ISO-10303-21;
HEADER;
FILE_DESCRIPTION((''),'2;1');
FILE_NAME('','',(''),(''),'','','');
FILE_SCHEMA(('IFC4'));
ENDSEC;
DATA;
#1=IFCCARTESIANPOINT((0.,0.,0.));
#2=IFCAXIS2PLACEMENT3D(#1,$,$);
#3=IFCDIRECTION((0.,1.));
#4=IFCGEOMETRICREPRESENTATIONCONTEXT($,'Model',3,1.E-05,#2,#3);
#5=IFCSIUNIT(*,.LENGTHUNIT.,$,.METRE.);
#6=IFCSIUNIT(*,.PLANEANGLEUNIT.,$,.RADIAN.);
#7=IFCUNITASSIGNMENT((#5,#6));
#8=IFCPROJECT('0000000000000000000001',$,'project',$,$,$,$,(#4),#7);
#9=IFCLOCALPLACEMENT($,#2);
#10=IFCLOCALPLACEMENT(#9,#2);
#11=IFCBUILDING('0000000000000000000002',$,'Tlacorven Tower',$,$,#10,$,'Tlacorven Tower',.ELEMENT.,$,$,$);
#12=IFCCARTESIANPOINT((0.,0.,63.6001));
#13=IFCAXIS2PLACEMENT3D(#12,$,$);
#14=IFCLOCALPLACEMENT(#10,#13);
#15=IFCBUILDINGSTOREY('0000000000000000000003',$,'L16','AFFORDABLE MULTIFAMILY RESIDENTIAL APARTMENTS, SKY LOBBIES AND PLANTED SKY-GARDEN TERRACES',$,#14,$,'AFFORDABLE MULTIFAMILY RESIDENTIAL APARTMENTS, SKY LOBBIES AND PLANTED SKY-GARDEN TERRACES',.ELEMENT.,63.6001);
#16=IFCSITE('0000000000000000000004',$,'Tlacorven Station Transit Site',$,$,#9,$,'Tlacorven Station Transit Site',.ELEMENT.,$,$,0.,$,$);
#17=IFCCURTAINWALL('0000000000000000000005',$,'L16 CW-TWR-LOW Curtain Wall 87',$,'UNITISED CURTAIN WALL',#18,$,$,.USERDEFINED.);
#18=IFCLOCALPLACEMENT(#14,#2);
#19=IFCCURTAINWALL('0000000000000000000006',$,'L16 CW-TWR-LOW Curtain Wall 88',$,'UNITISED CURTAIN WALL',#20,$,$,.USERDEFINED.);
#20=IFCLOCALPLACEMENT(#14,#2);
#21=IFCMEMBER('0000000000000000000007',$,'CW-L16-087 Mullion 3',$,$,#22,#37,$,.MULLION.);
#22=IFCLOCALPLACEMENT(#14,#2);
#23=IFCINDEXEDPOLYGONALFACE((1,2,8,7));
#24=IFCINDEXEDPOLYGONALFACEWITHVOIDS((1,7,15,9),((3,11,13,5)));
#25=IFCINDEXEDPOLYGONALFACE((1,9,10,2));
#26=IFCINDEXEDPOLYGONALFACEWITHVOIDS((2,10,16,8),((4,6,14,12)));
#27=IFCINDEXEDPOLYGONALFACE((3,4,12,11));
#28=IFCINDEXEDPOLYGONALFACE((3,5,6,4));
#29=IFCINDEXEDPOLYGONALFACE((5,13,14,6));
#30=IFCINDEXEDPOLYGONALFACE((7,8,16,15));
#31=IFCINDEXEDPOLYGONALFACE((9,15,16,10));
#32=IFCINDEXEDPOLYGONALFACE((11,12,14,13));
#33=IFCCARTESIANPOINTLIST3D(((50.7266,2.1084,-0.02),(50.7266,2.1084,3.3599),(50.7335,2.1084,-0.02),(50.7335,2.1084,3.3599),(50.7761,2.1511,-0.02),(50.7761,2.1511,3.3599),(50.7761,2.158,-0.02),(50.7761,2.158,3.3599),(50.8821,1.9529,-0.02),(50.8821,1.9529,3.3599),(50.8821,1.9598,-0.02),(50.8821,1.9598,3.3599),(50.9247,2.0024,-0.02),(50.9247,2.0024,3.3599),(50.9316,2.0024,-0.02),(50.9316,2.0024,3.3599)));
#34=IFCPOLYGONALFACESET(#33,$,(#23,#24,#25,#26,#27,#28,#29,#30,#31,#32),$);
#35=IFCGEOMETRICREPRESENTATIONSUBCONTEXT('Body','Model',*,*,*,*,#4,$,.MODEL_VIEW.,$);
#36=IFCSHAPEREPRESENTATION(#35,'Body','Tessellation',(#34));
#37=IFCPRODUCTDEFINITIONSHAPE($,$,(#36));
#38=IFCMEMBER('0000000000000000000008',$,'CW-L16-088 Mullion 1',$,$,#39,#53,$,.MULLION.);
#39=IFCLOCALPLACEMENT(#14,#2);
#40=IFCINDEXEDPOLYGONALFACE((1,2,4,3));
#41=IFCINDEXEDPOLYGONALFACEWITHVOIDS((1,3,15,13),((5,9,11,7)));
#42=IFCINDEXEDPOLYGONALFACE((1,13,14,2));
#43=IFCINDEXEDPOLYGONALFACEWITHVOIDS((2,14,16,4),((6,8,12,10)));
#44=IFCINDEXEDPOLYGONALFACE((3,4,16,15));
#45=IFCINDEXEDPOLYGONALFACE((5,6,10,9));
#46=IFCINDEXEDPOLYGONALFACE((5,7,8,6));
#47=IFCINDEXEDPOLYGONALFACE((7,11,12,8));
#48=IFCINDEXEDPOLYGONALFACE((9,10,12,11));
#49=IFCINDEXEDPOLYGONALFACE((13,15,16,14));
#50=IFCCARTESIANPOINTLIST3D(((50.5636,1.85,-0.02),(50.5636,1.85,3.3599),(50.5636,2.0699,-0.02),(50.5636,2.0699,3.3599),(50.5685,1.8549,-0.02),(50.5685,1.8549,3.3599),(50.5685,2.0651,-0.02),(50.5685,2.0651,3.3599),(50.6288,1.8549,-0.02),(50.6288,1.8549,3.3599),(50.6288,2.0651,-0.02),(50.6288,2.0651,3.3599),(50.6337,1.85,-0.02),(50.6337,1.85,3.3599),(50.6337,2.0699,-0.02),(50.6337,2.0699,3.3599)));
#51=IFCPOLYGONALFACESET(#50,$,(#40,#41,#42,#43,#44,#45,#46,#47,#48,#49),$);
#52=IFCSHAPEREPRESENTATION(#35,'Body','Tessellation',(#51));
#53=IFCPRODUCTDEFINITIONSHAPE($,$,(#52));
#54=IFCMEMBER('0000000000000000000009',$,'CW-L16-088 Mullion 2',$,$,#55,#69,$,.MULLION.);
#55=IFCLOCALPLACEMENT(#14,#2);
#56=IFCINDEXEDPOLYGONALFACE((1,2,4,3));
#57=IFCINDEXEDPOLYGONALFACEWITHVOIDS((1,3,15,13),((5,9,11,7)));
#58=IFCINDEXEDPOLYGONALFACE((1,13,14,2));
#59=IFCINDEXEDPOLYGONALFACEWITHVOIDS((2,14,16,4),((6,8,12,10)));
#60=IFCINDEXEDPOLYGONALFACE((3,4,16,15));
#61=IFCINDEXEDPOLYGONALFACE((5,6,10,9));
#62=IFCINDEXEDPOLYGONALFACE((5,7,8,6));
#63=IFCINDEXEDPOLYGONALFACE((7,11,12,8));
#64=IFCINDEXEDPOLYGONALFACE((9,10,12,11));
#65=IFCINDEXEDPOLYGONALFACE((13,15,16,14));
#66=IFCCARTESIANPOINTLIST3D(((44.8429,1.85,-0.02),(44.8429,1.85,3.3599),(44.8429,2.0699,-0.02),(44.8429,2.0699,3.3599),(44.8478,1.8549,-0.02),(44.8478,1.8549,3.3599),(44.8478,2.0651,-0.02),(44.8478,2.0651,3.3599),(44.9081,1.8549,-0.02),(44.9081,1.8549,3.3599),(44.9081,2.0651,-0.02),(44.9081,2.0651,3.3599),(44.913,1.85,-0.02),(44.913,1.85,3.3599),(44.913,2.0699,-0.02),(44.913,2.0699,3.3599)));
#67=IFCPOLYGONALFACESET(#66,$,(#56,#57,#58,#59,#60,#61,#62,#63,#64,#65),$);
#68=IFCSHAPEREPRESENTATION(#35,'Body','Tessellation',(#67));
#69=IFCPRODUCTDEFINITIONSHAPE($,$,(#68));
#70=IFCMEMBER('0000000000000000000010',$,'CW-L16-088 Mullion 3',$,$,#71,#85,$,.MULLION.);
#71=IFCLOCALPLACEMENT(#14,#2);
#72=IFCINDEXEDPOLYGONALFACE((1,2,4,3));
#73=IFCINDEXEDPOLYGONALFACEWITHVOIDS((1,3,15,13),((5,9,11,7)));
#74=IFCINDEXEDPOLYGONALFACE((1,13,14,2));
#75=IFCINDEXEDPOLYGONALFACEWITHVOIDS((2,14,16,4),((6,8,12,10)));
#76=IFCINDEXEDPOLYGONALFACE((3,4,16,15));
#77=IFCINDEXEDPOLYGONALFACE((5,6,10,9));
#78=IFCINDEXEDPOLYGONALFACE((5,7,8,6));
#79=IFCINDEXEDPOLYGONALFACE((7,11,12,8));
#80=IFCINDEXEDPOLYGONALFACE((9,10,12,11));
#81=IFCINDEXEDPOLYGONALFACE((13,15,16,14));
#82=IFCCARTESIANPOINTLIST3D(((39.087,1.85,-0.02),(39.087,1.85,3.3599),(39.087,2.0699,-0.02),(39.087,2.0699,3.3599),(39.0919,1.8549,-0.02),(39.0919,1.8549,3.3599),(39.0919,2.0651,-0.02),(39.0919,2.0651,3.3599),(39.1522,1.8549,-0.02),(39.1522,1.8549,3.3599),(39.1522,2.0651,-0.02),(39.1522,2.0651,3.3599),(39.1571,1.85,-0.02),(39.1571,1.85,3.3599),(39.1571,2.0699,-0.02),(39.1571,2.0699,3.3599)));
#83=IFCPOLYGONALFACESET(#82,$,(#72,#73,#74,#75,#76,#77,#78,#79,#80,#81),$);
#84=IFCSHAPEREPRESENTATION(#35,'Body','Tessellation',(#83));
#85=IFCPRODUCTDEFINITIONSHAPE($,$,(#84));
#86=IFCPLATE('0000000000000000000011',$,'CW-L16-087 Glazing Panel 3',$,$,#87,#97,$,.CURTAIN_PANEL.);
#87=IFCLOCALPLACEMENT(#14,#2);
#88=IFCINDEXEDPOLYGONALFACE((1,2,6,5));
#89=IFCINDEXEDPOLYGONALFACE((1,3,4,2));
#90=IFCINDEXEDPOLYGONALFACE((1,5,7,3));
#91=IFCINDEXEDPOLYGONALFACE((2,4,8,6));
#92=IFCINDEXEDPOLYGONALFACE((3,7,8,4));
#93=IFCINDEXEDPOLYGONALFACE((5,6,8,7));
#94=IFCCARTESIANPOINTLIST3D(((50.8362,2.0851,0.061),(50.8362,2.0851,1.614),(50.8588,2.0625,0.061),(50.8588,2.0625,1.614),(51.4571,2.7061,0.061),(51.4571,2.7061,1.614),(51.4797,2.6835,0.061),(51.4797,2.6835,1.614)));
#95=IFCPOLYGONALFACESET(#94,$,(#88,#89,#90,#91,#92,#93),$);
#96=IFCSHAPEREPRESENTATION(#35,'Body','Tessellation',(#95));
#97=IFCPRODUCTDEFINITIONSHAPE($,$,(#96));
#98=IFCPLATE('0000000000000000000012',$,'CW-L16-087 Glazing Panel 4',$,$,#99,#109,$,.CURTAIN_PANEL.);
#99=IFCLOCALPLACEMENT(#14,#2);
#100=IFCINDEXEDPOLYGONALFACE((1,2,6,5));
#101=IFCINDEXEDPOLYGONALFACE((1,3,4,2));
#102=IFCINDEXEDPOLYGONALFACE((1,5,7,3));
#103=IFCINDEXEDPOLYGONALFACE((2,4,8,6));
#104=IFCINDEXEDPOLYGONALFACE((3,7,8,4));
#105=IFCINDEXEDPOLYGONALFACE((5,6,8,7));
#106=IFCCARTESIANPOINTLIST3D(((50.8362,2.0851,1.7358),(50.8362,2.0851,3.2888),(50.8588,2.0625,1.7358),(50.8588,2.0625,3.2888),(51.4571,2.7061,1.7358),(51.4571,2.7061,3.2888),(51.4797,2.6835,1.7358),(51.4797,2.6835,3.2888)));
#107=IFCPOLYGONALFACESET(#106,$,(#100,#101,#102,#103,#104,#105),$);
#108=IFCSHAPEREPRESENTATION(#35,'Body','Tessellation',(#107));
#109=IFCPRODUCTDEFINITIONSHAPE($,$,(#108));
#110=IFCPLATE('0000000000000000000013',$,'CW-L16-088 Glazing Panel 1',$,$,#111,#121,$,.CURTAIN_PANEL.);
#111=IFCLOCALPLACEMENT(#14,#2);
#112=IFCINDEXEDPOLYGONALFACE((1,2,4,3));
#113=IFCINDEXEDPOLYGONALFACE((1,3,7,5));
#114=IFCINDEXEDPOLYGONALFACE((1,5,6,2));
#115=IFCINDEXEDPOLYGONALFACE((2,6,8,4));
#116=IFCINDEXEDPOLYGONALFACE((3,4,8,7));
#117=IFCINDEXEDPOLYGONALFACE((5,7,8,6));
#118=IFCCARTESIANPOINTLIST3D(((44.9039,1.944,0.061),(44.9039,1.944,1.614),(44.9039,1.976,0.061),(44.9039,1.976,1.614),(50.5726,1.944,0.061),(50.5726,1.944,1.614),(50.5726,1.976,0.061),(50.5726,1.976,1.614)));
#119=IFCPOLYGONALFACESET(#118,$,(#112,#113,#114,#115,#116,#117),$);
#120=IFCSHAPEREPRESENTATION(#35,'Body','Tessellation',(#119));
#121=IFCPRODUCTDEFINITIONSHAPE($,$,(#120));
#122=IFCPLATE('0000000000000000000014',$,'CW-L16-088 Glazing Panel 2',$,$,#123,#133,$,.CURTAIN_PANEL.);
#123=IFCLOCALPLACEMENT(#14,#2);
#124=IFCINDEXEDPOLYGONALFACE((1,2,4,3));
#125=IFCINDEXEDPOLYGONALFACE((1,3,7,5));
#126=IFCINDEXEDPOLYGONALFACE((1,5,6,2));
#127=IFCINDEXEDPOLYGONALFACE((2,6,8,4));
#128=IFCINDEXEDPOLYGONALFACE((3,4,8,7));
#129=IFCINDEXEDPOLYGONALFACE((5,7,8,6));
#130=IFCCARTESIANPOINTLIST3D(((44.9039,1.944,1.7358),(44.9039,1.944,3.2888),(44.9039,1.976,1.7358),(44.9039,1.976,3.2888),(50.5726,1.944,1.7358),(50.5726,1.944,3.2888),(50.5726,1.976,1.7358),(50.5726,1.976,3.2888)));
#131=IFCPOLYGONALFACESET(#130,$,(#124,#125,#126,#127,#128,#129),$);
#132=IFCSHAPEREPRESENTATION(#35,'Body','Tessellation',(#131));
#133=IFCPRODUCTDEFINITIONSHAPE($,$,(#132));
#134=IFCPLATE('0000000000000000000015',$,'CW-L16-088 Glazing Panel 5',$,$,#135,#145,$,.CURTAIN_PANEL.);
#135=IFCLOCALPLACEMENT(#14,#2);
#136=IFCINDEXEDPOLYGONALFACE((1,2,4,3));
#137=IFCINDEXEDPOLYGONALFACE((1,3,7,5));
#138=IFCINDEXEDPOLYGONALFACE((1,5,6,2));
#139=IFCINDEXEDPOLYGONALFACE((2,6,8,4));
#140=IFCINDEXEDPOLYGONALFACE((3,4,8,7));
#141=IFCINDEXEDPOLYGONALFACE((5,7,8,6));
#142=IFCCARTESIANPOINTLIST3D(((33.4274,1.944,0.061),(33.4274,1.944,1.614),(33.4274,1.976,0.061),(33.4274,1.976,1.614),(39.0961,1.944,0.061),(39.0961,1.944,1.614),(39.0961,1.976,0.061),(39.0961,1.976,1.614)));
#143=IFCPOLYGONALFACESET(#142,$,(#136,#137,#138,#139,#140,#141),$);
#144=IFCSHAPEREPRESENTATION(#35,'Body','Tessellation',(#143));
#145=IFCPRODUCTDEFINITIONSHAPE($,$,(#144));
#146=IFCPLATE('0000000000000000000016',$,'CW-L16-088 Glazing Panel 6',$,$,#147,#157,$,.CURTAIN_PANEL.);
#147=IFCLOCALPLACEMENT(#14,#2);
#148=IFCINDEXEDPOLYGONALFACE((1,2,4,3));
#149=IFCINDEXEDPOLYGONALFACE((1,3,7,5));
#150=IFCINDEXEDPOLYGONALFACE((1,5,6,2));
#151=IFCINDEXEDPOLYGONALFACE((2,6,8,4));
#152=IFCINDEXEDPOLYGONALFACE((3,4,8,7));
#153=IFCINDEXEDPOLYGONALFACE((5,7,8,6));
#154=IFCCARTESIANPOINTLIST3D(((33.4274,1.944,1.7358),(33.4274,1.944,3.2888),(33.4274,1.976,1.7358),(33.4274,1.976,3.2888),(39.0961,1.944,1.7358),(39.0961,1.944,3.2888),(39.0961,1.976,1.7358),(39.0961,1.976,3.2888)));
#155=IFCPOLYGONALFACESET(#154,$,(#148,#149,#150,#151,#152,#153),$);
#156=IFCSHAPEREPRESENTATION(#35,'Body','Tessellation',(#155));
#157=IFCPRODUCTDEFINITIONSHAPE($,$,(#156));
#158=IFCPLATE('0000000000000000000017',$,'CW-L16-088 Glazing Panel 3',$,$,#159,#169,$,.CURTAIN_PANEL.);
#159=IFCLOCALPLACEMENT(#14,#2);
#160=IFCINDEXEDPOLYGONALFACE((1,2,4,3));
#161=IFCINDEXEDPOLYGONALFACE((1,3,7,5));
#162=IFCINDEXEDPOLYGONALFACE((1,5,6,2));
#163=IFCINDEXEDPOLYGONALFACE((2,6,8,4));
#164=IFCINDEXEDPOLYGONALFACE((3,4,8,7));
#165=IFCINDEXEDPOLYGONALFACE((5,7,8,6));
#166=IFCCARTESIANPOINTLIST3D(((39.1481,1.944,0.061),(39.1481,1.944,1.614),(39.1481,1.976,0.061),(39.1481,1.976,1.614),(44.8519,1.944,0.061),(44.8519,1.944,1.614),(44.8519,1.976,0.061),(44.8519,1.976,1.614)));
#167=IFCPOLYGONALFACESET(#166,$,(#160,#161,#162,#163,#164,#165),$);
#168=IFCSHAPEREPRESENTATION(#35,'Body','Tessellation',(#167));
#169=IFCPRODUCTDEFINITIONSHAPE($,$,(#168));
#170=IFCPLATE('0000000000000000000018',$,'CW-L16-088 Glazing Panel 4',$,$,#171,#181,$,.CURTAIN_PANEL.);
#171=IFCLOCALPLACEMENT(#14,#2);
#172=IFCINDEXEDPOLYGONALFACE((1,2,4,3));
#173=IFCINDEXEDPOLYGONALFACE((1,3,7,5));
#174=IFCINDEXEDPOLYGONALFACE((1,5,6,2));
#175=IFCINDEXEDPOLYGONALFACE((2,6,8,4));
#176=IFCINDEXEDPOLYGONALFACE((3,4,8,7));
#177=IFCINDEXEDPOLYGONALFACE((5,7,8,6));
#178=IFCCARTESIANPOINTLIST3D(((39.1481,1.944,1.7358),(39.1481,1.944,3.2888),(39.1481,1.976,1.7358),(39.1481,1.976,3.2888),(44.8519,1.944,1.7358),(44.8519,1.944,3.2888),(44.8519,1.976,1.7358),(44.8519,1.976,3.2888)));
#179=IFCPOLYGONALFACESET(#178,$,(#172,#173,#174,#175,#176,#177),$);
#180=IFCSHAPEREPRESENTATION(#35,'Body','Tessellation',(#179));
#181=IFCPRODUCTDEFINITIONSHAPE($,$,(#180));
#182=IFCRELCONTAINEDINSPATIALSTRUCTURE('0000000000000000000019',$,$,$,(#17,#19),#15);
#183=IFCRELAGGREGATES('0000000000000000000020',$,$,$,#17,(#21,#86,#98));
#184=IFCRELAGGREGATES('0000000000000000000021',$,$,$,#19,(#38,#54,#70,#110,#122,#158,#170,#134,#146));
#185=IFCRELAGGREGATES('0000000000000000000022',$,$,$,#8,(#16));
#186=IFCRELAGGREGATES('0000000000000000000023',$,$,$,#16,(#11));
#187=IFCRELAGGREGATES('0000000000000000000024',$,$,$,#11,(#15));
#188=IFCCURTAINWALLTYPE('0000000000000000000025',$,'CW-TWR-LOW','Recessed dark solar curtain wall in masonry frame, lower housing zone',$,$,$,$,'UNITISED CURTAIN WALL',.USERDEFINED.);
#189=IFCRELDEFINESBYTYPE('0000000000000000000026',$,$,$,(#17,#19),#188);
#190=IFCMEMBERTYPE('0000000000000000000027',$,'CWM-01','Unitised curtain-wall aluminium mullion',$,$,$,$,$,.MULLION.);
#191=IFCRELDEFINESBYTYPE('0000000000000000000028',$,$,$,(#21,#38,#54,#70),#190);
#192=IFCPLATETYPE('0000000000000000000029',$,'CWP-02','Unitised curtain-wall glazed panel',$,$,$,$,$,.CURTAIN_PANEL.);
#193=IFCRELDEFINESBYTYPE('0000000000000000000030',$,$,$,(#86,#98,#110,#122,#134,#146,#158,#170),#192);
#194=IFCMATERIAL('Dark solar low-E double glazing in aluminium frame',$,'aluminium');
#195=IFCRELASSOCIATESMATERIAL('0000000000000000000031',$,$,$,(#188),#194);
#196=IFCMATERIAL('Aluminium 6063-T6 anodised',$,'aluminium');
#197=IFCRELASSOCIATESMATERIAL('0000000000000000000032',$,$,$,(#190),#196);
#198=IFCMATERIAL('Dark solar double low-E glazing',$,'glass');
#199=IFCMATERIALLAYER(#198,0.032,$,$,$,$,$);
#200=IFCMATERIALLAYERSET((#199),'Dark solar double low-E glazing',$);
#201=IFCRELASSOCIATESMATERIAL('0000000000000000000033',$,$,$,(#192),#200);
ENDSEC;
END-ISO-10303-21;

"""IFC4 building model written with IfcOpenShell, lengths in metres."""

from ifc_helpers import new_model, si_unit, direction, frame, origin, origin_2d, place, context, subcontext, project, spatial, rectangle, hollow_rectangle, extrude, source, transform, mapped, material, layer, layer_set, material_profile, profile_set, type_object, element, aggregate, save


model = new_model("IFC4")

# Units and contexts
model_context = context("Model", 3, precision=1e-05, world=origin(), true_north=direction((0.0, 1.0)))
body_context = subcontext(model_context, "Body", "Model", "MODEL_VIEW")
ifc_project = project(units=[si_unit("LENGTHUNIT", "METRE"), si_unit("PLANEANGLEUNIT", "RADIAN")], contexts=[model_context])

# Site, building, storey
site_placement = place(None, origin())
site = spatial("IfcSite", under=ifc_project, at=site_placement, Name="Tlacorven Station Transit Site", LongName="Tlacorven Station Transit Site", CompositionType="ELEMENT", RefElevation=0.0)
building_placement = place(site_placement, origin())
building = spatial("IfcBuilding", under=site, at=building_placement, Name="Tlacorven Tower", LongName="Tlacorven Tower", CompositionType="ELEMENT")
storey_placement = place(building_placement, frame((0.0, 0.0, 63.6001)))
storey = spatial("IfcBuildingStorey", under=building, at=storey_placement, Name="L16", Description="AFFORDABLE MULTIFAMILY RESIDENTIAL APARTMENTS, SKY LOBBIES AND PLANTED SKY-GARDEN TERRACES", LongName="AFFORDABLE MULTIFAMILY RESIDENTIAL APARTMENTS, SKY LOBBIES AND PLANTED SKY-GARDEN TERRACES", CompositionType="ELEMENT", Elevation=63.6001)

# Curtain walls
ifc_material_1 = material(Name="Dark solar low-E double glazing in aluminium frame", Category="aluminium")
curtain_wall_type = type_object("IfcCurtainWallType", Name="CW-TWR-LOW", Description="Recessed dark solar curtain wall in masonry frame, lower housing zone", ElementType="UNITISED CURTAIN WALL", PredefinedType="USERDEFINED", material=ifc_material_1)
curtain_wall_1_placement = place(storey_placement, origin())
curtain_wall_1 = element("IfcCurtainWall", 1, at=curtain_wall_1_placement, inside=storey, type_object=curtain_wall_type, Name="L16 CW-TWR-LOW Curtain Wall 87", ObjectType="UNITISED CURTAIN WALL", PredefinedType="USERDEFINED")
ifc_material_2 = material(Name="Aluminium 6063-T6 anodised", Category="aluminium")
curtain_wall_2_placement = place(storey_placement, origin())
curtain_wall_2 = element("IfcCurtainWall", 2, at=curtain_wall_2_placement, inside=storey, type_object=curtain_wall_type, Name="L16 CW-TWR-LOW Curtain Wall 88", ObjectType="UNITISED CURTAIN WALL", PredefinedType="USERDEFINED")

# Members
ifc_material_profile_1 = material_profile(ifc_material_2, hollow_rectangle(XDim=0.0701, YDim=0.22, WallThickness=0.0049, at=origin_2d()), Name="ALU MULLION 70X220")
ifc_profile_set_1 = profile_set([ifc_material_profile_1], Name="Aluminium 6063-T6 anodised")
member_type_1 = type_object("IfcMemberType", Name="CWM-01", Description="Unitised curtain-wall aluminium mullion", PredefinedType="MULLION", material=ifc_profile_set_1)
shared_shape_1 = source(origin(), body_context, "Body", "SweptSolid", [
    extrude(hollow_rectangle(XDim=0.0701, YDim=0.22, WallThickness=0.0049, at=origin_2d()), origin(), (0.0, 0.0, 1.0), 3.3799),
])
member_1_placement = place(storey_placement, frame((50.8291, 2.0554, -0.02), z_axis=(0.0, 0.0, 1.0), x_axis=(-0.707107, -0.707107, 0.0)))
member_1 = element("IfcMember", 3, at=member_1_placement, type_object=member_type_1, Name="CW-L16-087 Mullion 3", PredefinedType="MULLION", context=body_context, shape_type="MappedRepresentation", body=[
    mapped(shared_shape_1, transform((0.0, 0.0, 0.0), scale=1.0)),
])
member_2_placement = place(storey_placement, frame((50.5986, 1.96, -0.02), z_axis=(0.0, 0.0, 1.0), x_axis=(-1.0, 0.0, 0.0)))
member_2 = element("IfcMember", 4, at=member_2_placement, type_object=member_type_1, Name="CW-L16-088 Mullion 1", PredefinedType="MULLION", context=body_context, shape_type="MappedRepresentation", body=[
    mapped(shared_shape_1, transform((0.0, 0.0, 0.0), scale=1.0)),
])
member_3_placement = place(storey_placement, frame((44.8779, 1.96, -0.02), z_axis=(0.0, 0.0, 1.0), x_axis=(-1.0, 0.0, 0.0)))
member_3 = element("IfcMember", 5, at=member_3_placement, type_object=member_type_1, Name="CW-L16-088 Mullion 2", PredefinedType="MULLION", context=body_context, shape_type="MappedRepresentation", body=[
    mapped(shared_shape_1, transform((0.0, 0.0, 0.0), scale=1.0)),
])
member_4_placement = place(storey_placement, frame((39.1221, 1.96, -0.02), z_axis=(0.0, 0.0, 1.0), x_axis=(-1.0, 0.0, 0.0)))
member_4 = element("IfcMember", 6, at=member_4_placement, type_object=member_type_1, Name="CW-L16-088 Mullion 3", PredefinedType="MULLION", context=body_context, shape_type="MappedRepresentation", body=[
    mapped(shared_shape_1, transform((0.0, 0.0, 0.0), scale=1.0)),
])

# Plates
ifc_material_3 = material(Name="Dark solar double low-E glazing", Category="glass")
ifc_layer_1 = layer(ifc_material_3, 0.032)
ifc_layer_set_1 = layer_set([ifc_layer_1], Name="Dark solar double low-E glazing")
plate_type = type_object("IfcPlateType", Name="CWP-02", Description="Unitised curtain-wall glazed panel", PredefinedType="CURTAIN_PANEL", material=ifc_layer_set_1)
shared_shape_2 = source(origin(), body_context, "Body", "SweptSolid", [
    extrude(rectangle(XDim=0.8782, YDim=0.032, at=origin_2d()), origin(), (0.0, 0.0, 1.0), 1.553),
])
plate_1_placement = place(storey_placement, frame((51.158, 2.3843, 0.061), z_axis=(0.0, 0.0, 1.0), x_axis=(-0.707107, -0.707107, 0.0)))
plate_1 = element("IfcPlate", 7, at=plate_1_placement, type_object=plate_type, Name="CW-L16-087 Glazing Panel 3", PredefinedType="CURTAIN_PANEL", context=body_context, shape_type="MappedRepresentation", body=[
    mapped(shared_shape_2, transform((0.0, 0.0, 0.0), scale=1.0)),
])
plate_2_placement = place(storey_placement, frame((51.158, 2.3843, 1.7358), z_axis=(0.0, 0.0, 1.0), x_axis=(-0.707107, -0.707107, 0.0)))
plate_2 = element("IfcPlate", 8, at=plate_2_placement, type_object=plate_type, Name="CW-L16-087 Glazing Panel 4", PredefinedType="CURTAIN_PANEL", context=body_context, shape_type="MappedRepresentation", body=[
    mapped(shared_shape_2, transform((0.0, 0.0, 0.0), scale=1.0)),
])
aggregate(curtain_wall_1, [member_1, plate_1, plate_2])
shared_shape_3 = source(origin(), body_context, "Body", "SweptSolid", [
    extrude(rectangle(XDim=5.6687, YDim=0.032, at=origin_2d()), origin(), (0.0, 0.0, 1.0), 1.553),
])
plate_3_placement = place(storey_placement, frame((47.7383, 1.96, 0.061), z_axis=(0.0, 0.0, 1.0), x_axis=(-1.0, 0.0, 0.0)))
plate_3 = element("IfcPlate", 9, at=plate_3_placement, type_object=plate_type, Name="CW-L16-088 Glazing Panel 1", PredefinedType="CURTAIN_PANEL", context=body_context, shape_type="MappedRepresentation", body=[
    mapped(shared_shape_3, transform((0.0, 0.0, 0.0), scale=1.0)),
])
plate_4_placement = place(storey_placement, frame((47.7383, 1.96, 1.7358), z_axis=(0.0, 0.0, 1.0), x_axis=(-1.0, 0.0, 0.0)))
plate_4 = element("IfcPlate", 10, at=plate_4_placement, type_object=plate_type, Name="CW-L16-088 Glazing Panel 2", PredefinedType="CURTAIN_PANEL", context=body_context, shape_type="MappedRepresentation", body=[
    mapped(shared_shape_3, transform((0.0, 0.0, 0.0), scale=1.0)),
])
plate_5_placement = place(storey_placement, frame((36.2617, 1.96, 0.061), z_axis=(0.0, 0.0, 1.0), x_axis=(-1.0, 0.0, 0.0)))
plate_5 = element("IfcPlate", 11, at=plate_5_placement, type_object=plate_type, Name="CW-L16-088 Glazing Panel 5", PredefinedType="CURTAIN_PANEL", context=body_context, shape_type="MappedRepresentation", body=[
    mapped(shared_shape_3, transform((0.0, 0.0, 0.0), scale=1.0)),
])
plate_6_placement = place(storey_placement, frame((36.2617, 1.96, 1.7358), z_axis=(0.0, 0.0, 1.0), x_axis=(-1.0, 0.0, 0.0)))
plate_6 = element("IfcPlate", 12, at=plate_6_placement, type_object=plate_type, Name="CW-L16-088 Glazing Panel 6", PredefinedType="CURTAIN_PANEL", context=body_context, shape_type="MappedRepresentation", body=[
    mapped(shared_shape_3, transform((0.0, 0.0, 0.0), scale=1.0)),
])
shared_shape_4 = source(origin(), body_context, "Body", "SweptSolid", [
    extrude(rectangle(XDim=5.7039, YDim=0.032, at=origin_2d()), origin(), (0.0, 0.0, 1.0), 1.553),
])
plate_7_placement = place(storey_placement, frame((42.0, 1.96, 0.061), z_axis=(0.0, 0.0, 1.0), x_axis=(-1.0, 0.0, 0.0)))
plate_7 = element("IfcPlate", 13, at=plate_7_placement, type_object=plate_type, Name="CW-L16-088 Glazing Panel 3", PredefinedType="CURTAIN_PANEL", context=body_context, shape_type="MappedRepresentation", body=[
    mapped(shared_shape_4, transform((0.0, 0.0, 0.0), scale=1.0)),
])
plate_8_placement = place(storey_placement, frame((42.0, 1.96, 1.7358), z_axis=(0.0, 0.0, 1.0), x_axis=(-1.0, 0.0, 0.0)))
plate_8 = element("IfcPlate", 14, at=plate_8_placement, type_object=plate_type, Name="CW-L16-088 Glazing Panel 4", PredefinedType="CURTAIN_PANEL", context=body_context, shape_type="MappedRepresentation", body=[
    mapped(shared_shape_4, transform((0.0, 0.0, 0.0), scale=1.0)),
])
aggregate(curtain_wall_2, [member_2, member_3, member_4, plate_3, plate_4, plate_7, plate_8, plate_5, plate_6])

save(model, "model.ifc")
